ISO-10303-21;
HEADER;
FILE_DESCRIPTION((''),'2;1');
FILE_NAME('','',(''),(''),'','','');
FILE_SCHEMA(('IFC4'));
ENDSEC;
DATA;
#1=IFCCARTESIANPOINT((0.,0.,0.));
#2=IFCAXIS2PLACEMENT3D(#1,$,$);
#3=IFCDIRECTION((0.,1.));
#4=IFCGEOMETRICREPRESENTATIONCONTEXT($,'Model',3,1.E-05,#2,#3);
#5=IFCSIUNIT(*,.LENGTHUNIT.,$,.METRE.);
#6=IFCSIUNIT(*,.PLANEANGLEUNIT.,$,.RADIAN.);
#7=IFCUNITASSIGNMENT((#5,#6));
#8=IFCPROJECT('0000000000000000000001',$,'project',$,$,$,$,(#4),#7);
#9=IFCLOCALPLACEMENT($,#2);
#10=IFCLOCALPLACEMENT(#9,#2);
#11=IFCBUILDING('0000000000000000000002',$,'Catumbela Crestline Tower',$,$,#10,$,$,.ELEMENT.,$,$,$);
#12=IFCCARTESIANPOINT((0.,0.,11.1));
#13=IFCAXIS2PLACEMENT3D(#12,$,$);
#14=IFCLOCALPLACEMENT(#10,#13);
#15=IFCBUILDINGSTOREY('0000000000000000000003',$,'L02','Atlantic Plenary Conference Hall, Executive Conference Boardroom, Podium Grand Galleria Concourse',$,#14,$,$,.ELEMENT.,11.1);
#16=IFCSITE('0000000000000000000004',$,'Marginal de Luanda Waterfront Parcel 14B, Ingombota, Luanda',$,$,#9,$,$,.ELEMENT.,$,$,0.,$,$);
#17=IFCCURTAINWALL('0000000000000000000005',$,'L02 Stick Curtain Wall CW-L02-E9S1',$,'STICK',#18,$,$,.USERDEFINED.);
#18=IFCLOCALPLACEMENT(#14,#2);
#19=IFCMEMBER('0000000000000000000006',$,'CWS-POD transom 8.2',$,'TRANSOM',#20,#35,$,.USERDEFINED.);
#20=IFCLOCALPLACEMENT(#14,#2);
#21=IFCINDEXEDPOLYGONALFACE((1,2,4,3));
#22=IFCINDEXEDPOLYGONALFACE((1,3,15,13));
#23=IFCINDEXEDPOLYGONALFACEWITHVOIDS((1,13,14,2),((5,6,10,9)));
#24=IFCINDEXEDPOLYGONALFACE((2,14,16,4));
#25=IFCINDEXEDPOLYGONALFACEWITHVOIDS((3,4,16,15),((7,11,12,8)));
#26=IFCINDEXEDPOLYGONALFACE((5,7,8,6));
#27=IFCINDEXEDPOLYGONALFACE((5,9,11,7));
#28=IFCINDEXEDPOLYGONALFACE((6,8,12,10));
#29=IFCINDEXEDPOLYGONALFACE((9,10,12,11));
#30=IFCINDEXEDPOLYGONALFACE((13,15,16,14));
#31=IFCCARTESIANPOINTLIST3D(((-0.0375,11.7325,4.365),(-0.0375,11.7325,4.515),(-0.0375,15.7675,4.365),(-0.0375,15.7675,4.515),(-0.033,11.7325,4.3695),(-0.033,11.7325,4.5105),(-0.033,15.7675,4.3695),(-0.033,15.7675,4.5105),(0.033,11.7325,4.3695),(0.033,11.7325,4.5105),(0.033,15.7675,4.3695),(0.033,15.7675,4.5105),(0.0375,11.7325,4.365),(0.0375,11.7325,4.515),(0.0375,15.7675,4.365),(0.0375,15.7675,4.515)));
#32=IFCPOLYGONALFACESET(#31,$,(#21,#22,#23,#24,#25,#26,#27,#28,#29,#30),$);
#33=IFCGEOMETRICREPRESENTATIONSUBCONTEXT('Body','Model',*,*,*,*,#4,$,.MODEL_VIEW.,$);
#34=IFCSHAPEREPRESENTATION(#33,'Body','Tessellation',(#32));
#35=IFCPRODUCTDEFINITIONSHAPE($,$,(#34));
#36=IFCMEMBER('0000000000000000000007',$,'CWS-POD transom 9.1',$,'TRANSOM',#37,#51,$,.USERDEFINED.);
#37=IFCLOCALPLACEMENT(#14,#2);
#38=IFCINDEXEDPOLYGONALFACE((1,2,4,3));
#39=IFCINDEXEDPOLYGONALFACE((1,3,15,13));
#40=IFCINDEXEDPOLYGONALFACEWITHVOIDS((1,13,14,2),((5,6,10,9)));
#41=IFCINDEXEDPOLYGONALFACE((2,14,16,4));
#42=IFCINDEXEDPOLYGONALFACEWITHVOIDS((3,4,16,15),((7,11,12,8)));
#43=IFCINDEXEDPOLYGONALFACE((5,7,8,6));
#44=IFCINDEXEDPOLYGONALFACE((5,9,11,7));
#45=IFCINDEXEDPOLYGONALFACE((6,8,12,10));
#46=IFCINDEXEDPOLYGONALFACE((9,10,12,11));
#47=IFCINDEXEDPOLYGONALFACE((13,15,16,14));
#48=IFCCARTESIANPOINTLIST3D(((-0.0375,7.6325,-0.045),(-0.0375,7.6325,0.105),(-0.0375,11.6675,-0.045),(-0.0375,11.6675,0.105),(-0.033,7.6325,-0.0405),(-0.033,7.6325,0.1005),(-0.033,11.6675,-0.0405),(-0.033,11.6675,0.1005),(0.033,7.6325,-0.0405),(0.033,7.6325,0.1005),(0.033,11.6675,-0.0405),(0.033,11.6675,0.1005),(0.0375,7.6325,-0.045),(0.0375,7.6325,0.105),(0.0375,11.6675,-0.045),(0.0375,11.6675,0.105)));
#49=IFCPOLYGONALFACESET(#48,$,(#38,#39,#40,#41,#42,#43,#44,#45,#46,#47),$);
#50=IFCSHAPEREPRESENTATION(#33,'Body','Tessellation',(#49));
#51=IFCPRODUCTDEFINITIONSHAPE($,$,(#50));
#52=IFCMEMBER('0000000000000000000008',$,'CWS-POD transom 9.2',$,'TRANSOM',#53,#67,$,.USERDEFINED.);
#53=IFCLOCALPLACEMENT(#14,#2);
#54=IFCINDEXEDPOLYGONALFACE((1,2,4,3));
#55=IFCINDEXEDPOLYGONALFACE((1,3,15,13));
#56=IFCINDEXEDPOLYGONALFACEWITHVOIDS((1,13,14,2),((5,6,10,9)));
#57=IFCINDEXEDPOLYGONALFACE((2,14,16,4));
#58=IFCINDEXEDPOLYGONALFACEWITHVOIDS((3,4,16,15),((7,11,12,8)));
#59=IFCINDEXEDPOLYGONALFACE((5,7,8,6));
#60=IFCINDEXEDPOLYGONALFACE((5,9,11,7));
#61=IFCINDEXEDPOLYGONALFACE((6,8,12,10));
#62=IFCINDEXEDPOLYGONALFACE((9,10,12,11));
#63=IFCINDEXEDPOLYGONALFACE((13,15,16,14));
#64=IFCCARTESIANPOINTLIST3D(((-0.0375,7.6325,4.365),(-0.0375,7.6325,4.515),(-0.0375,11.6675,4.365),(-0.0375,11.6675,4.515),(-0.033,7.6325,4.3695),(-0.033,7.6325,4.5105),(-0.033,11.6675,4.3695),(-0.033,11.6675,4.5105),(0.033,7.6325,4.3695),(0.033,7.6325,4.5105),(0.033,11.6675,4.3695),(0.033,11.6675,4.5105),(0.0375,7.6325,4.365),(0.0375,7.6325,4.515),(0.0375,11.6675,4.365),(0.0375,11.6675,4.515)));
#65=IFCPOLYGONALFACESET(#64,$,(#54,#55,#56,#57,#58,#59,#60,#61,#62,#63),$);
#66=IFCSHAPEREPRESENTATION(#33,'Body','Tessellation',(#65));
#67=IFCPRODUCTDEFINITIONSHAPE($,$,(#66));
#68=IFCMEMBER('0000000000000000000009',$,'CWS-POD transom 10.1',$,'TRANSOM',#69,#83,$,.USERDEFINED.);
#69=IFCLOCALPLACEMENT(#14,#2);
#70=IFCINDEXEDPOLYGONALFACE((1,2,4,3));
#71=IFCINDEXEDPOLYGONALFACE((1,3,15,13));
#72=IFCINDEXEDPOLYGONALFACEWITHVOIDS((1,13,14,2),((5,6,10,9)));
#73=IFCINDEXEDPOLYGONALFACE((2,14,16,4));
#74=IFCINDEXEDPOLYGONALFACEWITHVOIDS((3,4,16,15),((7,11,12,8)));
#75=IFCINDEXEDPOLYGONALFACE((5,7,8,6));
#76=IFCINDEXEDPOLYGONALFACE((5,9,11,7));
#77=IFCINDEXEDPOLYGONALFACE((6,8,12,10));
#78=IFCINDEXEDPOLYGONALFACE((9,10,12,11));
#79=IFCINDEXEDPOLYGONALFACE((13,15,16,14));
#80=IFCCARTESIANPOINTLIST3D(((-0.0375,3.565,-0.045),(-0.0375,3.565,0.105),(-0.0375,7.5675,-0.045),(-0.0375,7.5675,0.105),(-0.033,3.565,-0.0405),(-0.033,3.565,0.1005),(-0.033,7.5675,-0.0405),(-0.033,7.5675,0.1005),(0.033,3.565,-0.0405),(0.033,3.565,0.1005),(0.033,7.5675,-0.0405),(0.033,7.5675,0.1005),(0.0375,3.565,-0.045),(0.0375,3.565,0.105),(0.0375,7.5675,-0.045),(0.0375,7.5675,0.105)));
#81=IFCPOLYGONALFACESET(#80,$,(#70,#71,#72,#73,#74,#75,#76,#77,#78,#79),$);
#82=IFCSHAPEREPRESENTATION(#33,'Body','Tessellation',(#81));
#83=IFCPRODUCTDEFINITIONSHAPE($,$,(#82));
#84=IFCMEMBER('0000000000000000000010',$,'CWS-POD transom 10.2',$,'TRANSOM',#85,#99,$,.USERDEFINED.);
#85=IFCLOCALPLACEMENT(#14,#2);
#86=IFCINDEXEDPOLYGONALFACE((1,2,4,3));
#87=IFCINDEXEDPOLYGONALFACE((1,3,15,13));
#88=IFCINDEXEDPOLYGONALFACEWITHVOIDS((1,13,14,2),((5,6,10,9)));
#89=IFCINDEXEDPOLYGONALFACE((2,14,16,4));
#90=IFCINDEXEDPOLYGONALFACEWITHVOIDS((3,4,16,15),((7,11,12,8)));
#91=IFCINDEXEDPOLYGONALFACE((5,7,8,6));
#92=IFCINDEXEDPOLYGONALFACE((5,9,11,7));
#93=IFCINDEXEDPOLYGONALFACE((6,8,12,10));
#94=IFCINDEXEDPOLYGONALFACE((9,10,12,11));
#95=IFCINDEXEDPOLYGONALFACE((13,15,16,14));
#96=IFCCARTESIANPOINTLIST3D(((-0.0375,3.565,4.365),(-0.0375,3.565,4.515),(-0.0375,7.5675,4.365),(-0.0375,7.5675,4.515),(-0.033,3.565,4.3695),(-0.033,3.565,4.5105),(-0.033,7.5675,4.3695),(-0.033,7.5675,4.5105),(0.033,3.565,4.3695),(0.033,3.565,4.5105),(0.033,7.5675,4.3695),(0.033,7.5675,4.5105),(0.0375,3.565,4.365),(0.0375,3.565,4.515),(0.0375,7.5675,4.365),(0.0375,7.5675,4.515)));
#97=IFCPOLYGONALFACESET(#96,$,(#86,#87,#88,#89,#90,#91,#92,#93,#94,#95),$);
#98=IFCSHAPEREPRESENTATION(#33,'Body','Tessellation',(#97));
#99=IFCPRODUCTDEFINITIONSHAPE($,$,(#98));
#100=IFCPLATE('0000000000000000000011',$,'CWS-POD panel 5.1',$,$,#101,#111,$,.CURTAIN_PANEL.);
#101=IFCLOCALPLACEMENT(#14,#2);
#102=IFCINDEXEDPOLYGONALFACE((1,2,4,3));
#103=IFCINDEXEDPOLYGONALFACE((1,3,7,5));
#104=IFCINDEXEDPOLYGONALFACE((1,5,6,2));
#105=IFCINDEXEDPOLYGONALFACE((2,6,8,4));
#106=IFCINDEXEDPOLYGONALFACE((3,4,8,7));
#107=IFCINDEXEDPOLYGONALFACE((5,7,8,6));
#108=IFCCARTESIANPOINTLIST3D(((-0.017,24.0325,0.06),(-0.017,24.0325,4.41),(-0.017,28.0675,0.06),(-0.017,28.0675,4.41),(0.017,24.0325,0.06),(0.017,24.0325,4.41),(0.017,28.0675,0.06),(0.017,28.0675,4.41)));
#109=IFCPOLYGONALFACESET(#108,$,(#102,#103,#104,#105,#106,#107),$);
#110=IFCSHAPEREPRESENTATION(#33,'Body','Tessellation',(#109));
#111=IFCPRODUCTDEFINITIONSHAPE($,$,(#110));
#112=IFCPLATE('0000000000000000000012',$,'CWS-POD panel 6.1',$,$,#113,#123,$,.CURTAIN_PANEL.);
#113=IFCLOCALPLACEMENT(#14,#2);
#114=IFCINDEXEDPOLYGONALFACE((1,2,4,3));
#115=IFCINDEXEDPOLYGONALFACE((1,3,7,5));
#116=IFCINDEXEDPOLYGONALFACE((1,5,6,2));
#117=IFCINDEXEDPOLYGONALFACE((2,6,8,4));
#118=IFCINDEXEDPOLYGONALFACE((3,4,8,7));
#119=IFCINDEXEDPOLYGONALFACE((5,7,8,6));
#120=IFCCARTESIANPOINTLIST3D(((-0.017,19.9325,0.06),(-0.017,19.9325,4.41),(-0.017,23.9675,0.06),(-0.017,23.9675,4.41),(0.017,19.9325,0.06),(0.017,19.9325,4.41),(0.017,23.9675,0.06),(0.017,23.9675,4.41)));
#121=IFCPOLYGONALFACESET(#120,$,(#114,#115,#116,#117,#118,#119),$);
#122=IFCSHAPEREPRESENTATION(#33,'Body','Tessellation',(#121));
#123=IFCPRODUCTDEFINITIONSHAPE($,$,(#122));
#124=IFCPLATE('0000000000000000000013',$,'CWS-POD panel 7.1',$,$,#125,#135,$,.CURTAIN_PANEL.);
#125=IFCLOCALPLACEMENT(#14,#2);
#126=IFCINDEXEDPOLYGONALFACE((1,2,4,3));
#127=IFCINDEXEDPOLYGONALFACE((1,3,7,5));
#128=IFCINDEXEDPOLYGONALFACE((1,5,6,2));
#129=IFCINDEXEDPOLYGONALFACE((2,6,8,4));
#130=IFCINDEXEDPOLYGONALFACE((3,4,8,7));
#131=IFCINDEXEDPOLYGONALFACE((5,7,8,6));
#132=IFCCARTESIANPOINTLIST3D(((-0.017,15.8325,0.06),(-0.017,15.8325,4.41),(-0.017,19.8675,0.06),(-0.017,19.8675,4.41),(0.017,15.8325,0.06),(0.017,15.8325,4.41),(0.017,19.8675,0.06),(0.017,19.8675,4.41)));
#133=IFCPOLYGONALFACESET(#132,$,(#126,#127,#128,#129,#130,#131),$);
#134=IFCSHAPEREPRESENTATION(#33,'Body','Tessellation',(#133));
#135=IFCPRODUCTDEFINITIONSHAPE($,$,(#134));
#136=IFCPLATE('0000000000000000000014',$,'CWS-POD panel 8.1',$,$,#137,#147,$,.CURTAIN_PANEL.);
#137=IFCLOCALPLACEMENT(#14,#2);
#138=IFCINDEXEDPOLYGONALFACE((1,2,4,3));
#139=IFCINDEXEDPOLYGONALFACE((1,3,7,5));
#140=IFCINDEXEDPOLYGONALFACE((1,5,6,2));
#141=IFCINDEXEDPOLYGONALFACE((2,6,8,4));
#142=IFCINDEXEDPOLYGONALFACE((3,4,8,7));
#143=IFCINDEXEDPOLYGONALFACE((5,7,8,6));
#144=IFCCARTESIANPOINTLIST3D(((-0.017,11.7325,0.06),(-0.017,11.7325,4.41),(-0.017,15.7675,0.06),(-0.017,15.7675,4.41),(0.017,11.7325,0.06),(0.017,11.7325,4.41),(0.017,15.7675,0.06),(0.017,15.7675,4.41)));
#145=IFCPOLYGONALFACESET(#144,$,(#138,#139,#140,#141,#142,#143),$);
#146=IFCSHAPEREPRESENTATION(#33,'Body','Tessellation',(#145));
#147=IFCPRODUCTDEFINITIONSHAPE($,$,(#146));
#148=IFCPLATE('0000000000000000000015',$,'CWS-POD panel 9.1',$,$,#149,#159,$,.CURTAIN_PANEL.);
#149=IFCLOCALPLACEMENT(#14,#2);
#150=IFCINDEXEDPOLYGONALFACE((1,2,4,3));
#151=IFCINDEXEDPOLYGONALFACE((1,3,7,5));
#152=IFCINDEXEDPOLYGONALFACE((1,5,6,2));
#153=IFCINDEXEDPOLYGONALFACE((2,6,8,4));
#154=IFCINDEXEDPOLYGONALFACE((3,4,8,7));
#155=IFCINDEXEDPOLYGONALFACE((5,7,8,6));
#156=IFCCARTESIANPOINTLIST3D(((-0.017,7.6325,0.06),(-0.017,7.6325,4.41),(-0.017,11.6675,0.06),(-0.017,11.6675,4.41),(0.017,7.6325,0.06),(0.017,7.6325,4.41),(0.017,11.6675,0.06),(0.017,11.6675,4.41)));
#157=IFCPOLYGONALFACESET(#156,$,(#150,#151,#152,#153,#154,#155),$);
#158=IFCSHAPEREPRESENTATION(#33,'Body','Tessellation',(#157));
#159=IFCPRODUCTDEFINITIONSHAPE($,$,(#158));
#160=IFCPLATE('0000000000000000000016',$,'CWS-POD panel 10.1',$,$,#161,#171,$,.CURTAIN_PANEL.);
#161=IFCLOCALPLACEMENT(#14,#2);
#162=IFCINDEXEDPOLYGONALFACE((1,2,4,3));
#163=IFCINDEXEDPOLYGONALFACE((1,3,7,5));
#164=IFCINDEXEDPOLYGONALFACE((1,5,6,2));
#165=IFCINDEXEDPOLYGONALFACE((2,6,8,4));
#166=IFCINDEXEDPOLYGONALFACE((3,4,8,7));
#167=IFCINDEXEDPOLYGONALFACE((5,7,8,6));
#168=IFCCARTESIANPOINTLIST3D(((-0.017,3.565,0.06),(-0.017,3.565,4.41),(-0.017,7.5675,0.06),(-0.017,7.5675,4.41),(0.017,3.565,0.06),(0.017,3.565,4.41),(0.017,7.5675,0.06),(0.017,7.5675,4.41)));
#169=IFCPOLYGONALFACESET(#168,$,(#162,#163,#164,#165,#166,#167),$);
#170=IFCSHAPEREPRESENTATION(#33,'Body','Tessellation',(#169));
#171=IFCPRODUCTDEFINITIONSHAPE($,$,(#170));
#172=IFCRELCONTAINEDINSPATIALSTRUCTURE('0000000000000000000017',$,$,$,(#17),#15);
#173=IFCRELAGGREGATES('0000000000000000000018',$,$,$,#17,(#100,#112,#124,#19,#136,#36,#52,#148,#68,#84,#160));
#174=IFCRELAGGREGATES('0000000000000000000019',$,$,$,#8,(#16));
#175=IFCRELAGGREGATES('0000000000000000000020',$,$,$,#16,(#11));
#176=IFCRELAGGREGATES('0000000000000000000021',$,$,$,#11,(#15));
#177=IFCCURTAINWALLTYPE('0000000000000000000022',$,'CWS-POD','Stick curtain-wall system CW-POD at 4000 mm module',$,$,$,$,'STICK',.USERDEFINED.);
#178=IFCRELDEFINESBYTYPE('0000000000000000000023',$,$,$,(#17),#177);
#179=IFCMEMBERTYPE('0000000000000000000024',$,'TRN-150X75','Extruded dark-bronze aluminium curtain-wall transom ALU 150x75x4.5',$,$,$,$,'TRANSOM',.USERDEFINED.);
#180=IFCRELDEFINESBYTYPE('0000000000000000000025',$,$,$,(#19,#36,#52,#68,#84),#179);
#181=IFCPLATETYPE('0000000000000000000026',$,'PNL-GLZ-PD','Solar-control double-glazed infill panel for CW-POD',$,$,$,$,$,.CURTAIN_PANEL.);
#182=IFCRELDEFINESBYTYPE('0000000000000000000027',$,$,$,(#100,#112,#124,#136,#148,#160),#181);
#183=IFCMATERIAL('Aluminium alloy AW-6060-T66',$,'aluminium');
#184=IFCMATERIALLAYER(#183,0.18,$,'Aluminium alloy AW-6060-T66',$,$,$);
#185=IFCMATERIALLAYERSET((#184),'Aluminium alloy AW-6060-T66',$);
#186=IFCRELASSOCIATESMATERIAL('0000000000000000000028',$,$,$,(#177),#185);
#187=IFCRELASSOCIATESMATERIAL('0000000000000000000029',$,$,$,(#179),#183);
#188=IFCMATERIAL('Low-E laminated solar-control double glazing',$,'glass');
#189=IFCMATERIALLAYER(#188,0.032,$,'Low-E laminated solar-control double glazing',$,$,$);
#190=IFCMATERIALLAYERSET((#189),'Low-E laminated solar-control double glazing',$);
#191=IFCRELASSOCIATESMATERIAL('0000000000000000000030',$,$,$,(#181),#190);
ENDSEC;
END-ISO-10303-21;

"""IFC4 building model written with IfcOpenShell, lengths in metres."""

from ifc_helpers import new_model, si_unit, direction, frame, origin, origin_2d, place, context, subcontext, project, spatial, rectangle, hollow_rectangle, extrude, material, layer, layer_set, material_profile, profile_set, type_object, element, aggregate, save


model = new_model("IFC4")

# Units and contexts
model_context = context("Model", 3, precision=1e-05, world=origin(), true_north=direction((0.0, 1.0)))
body_context = subcontext(model_context, "Body", "Model", "MODEL_VIEW")
ifc_project = project(units=[si_unit("LENGTHUNIT", "METRE"), si_unit("PLANEANGLEUNIT", "RADIAN")], contexts=[model_context])

# Site, building, storey
site_placement = place(None, origin())
site = spatial("IfcSite", under=ifc_project, at=site_placement, Name="Marginal de Luanda Waterfront Parcel 14B, Ingombota, Luanda", CompositionType="ELEMENT", RefElevation=0.0)
building_placement = place(site_placement, origin())
building = spatial("IfcBuilding", under=site, at=building_placement, Name="Catumbela Crestline Tower", CompositionType="ELEMENT")
storey_placement = place(building_placement, frame((0.0, 0.0, 11.1)))
storey = spatial("IfcBuildingStorey", under=building, at=storey_placement, Name="L02", Description="Atlantic Plenary Conference Hall, Executive Conference Boardroom, Podium Grand Galleria Concourse", CompositionType="ELEMENT", Elevation=11.1)

# Curtain wall, members, plates
ifc_material_1 = material(Name="Aluminium alloy AW-6060-T66", Category="aluminium")
ifc_layer_1 = layer(ifc_material_1, 0.18, Name="Aluminium alloy AW-6060-T66")
ifc_layer_set_1 = layer_set([ifc_layer_1], Name="Aluminium alloy AW-6060-T66")
curtain_wall_type = type_object("IfcCurtainWallType", Name="CWS-POD", Description="Stick curtain-wall system CW-POD at 4000 mm module", ElementType="STICK", PredefinedType="USERDEFINED", material=ifc_layer_set_1)
curtain_wall_placement = place(storey_placement, origin())
curtain_wall = element("IfcCurtainWall", 1, at=curtain_wall_placement, inside=storey, type_object=curtain_wall_type, Name="L02 Stick Curtain Wall CW-L02-E9S1", ObjectType="STICK", PredefinedType="USERDEFINED")
ifc_material_profile_1 = material_profile(ifc_material_1, hollow_rectangle(XDim=0.075, YDim=0.15, WallThickness=0.0045, at=origin_2d()), Name="ALU 150x75x4.5")
ifc_profile_set_1 = profile_set([ifc_material_profile_1], Name="Aluminium alloy AW-6060-T66")
member_type_1 = type_object("IfcMemberType", Name="TRN-150X75", Description="Extruded dark-bronze aluminium curtain-wall transom ALU 150x75x4.5", ElementType="TRANSOM", PredefinedType="USERDEFINED", material=ifc_profile_set_1)
member_1_placement = place(storey_placement, frame((0.0, 15.7675, 4.44), z_axis=(0.0, -1.0, 0.0), x_axis=(1.0, 0.0, 0.0)))
member_1 = element("IfcMember", 2, at=member_1_placement, type_object=member_type_1, Name="CWS-POD transom 8.2", ObjectType="TRANSOM", PredefinedType="USERDEFINED", context=body_context, shape_type="SweptSolid", body=[
    extrude(hollow_rectangle(XDim=0.075, YDim=0.15, WallThickness=0.0045, at=origin_2d()), origin(), (0.0, 0.0, 1.0), 4.035),
])
member_2_placement = place(storey_placement, frame((0.0, 11.6675, 0.03), z_axis=(0.0, -1.0, 0.0), x_axis=(1.0, 0.0, 0.0)))
member_2 = element("IfcMember", 3, at=member_2_placement, type_object=member_type_1, Name="CWS-POD transom 9.1", ObjectType="TRANSOM", PredefinedType="USERDEFINED", context=body_context, shape_type="SweptSolid", body=[
    extrude(hollow_rectangle(XDim=0.075, YDim=0.15, WallThickness=0.0045, at=origin_2d()), origin(), (0.0, 0.0, 1.0), 4.035),
])
member_3_placement = place(storey_placement, frame((0.0, 11.6675, 4.44), z_axis=(0.0, -1.0, 0.0), x_axis=(1.0, 0.0, 0.0)))
member_3 = element("IfcMember", 4, at=member_3_placement, type_object=member_type_1, Name="CWS-POD transom 9.2", ObjectType="TRANSOM", PredefinedType="USERDEFINED", context=body_context, shape_type="SweptSolid", body=[
    extrude(hollow_rectangle(XDim=0.075, YDim=0.15, WallThickness=0.0045, at=origin_2d()), origin(), (0.0, 0.0, 1.0), 4.035),
])
member_4_placement = place(storey_placement, frame((0.0, 7.5675, 0.03), z_axis=(0.0, -1.0, 0.0), x_axis=(1.0, 0.0, 0.0)))
member_4 = element("IfcMember", 5, at=member_4_placement, type_object=member_type_1, Name="CWS-POD transom 10.1", ObjectType="TRANSOM", PredefinedType="USERDEFINED", context=body_context, shape_type="SweptSolid", body=[
    extrude(hollow_rectangle(XDim=0.075, YDim=0.15, WallThickness=0.0045, at=origin_2d()), origin(), (0.0, 0.0, 1.0), 4.0025),
])
member_5_placement = place(storey_placement, frame((0.0, 7.5675, 4.44), z_axis=(0.0, -1.0, 0.0), x_axis=(1.0, 0.0, 0.0)))
member_5 = element("IfcMember", 6, at=member_5_placement, type_object=member_type_1, Name="CWS-POD transom 10.2", ObjectType="TRANSOM", PredefinedType="USERDEFINED", context=body_context, shape_type="SweptSolid", body=[
    extrude(hollow_rectangle(XDim=0.075, YDim=0.15, WallThickness=0.0045, at=origin_2d()), origin(), (0.0, 0.0, 1.0), 4.0025),
])
ifc_material_2 = material(Name="Low-E laminated solar-control double glazing", Category="glass")
ifc_layer_2 = layer(ifc_material_2, 0.032, Name="Low-E laminated solar-control double glazing")
ifc_layer_set_2 = layer_set([ifc_layer_2], Name="Low-E laminated solar-control double glazing")
plate_type = type_object("IfcPlateType", Name="PNL-GLZ-PD", Description="Solar-control double-glazed infill panel for CW-POD", PredefinedType="CURTAIN_PANEL", material=ifc_layer_set_2)
plate_1_placement = place(storey_placement, frame((0.0, 26.05, 0.06), z_axis=(0.0, 0.0, 1.0), x_axis=(0.0, -1.0, 0.0)))
plate_1 = element("IfcPlate", 7, at=plate_1_placement, type_object=plate_type, Name="CWS-POD panel 5.1", PredefinedType="CURTAIN_PANEL", context=body_context, shape_type="SweptSolid", body=[
    extrude(rectangle(XDim=4.035, YDim=0.034, at=origin_2d()), origin(), (0.0, 0.0, 1.0), 4.35),
])
plate_2_placement = place(storey_placement, frame((0.0, 21.95, 0.06), z_axis=(0.0, 0.0, 1.0), x_axis=(0.0, -1.0, 0.0)))
plate_2 = element("IfcPlate", 8, at=plate_2_placement, type_object=plate_type, Name="CWS-POD panel 6.1", PredefinedType="CURTAIN_PANEL", context=body_context, shape_type="SweptSolid", body=[
    extrude(rectangle(XDim=4.035, YDim=0.034, at=origin_2d()), origin(), (0.0, 0.0, 1.0), 4.35),
])
plate_3_placement = place(storey_placement, frame((0.0, 17.85, 0.06), z_axis=(0.0, 0.0, 1.0), x_axis=(0.0, -1.0, 0.0)))
plate_3 = element("IfcPlate", 9, at=plate_3_placement, type_object=plate_type, Name="CWS-POD panel 7.1", PredefinedType="CURTAIN_PANEL", context=body_context, shape_type="SweptSolid", body=[
    extrude(rectangle(XDim=4.035, YDim=0.034, at=origin_2d()), origin(), (0.0, 0.0, 1.0), 4.35),
])
plate_4_placement = place(storey_placement, frame((0.0, 13.75, 0.06), z_axis=(0.0, 0.0, 1.0), x_axis=(0.0, -1.0, 0.0)))
plate_4 = element("IfcPlate", 10, at=plate_4_placement, type_object=plate_type, Name="CWS-POD panel 8.1", PredefinedType="CURTAIN_PANEL", context=body_context, shape_type="SweptSolid", body=[
    extrude(rectangle(XDim=4.035, YDim=0.034, at=origin_2d()), origin(), (0.0, 0.0, 1.0), 4.35),
])
plate_5_placement = place(storey_placement, frame((0.0, 9.65, 0.06), z_axis=(0.0, 0.0, 1.0), x_axis=(0.0, -1.0, 0.0)))
plate_5 = element("IfcPlate", 11, at=plate_5_placement, type_object=plate_type, Name="CWS-POD panel 9.1", PredefinedType="CURTAIN_PANEL", context=body_context, shape_type="SweptSolid", body=[
    extrude(rectangle(XDim=4.035, YDim=0.034, at=origin_2d()), origin(), (0.0, 0.0, 1.0), 4.35),
])
plate_6_placement = place(storey_placement, frame((0.0, 5.5662, 0.06), z_axis=(0.0, 0.0, 1.0), x_axis=(0.0, -1.0, 0.0)))
plate_6 = element("IfcPlate", 12, at=plate_6_placement, type_object=plate_type, Name="CWS-POD panel 10.1", PredefinedType="CURTAIN_PANEL", context=body_context, shape_type="SweptSolid", body=[
    extrude(rectangle(XDim=4.0025, YDim=0.034, at=origin_2d()), origin(), (0.0, 0.0, 1.0), 4.35),
])
aggregate(curtain_wall, [plate_1, plate_2, plate_3, member_1, plate_4, member_2, member_3, plate_5, member_4, member_5, plate_6])

save(model, "model.ifc")
